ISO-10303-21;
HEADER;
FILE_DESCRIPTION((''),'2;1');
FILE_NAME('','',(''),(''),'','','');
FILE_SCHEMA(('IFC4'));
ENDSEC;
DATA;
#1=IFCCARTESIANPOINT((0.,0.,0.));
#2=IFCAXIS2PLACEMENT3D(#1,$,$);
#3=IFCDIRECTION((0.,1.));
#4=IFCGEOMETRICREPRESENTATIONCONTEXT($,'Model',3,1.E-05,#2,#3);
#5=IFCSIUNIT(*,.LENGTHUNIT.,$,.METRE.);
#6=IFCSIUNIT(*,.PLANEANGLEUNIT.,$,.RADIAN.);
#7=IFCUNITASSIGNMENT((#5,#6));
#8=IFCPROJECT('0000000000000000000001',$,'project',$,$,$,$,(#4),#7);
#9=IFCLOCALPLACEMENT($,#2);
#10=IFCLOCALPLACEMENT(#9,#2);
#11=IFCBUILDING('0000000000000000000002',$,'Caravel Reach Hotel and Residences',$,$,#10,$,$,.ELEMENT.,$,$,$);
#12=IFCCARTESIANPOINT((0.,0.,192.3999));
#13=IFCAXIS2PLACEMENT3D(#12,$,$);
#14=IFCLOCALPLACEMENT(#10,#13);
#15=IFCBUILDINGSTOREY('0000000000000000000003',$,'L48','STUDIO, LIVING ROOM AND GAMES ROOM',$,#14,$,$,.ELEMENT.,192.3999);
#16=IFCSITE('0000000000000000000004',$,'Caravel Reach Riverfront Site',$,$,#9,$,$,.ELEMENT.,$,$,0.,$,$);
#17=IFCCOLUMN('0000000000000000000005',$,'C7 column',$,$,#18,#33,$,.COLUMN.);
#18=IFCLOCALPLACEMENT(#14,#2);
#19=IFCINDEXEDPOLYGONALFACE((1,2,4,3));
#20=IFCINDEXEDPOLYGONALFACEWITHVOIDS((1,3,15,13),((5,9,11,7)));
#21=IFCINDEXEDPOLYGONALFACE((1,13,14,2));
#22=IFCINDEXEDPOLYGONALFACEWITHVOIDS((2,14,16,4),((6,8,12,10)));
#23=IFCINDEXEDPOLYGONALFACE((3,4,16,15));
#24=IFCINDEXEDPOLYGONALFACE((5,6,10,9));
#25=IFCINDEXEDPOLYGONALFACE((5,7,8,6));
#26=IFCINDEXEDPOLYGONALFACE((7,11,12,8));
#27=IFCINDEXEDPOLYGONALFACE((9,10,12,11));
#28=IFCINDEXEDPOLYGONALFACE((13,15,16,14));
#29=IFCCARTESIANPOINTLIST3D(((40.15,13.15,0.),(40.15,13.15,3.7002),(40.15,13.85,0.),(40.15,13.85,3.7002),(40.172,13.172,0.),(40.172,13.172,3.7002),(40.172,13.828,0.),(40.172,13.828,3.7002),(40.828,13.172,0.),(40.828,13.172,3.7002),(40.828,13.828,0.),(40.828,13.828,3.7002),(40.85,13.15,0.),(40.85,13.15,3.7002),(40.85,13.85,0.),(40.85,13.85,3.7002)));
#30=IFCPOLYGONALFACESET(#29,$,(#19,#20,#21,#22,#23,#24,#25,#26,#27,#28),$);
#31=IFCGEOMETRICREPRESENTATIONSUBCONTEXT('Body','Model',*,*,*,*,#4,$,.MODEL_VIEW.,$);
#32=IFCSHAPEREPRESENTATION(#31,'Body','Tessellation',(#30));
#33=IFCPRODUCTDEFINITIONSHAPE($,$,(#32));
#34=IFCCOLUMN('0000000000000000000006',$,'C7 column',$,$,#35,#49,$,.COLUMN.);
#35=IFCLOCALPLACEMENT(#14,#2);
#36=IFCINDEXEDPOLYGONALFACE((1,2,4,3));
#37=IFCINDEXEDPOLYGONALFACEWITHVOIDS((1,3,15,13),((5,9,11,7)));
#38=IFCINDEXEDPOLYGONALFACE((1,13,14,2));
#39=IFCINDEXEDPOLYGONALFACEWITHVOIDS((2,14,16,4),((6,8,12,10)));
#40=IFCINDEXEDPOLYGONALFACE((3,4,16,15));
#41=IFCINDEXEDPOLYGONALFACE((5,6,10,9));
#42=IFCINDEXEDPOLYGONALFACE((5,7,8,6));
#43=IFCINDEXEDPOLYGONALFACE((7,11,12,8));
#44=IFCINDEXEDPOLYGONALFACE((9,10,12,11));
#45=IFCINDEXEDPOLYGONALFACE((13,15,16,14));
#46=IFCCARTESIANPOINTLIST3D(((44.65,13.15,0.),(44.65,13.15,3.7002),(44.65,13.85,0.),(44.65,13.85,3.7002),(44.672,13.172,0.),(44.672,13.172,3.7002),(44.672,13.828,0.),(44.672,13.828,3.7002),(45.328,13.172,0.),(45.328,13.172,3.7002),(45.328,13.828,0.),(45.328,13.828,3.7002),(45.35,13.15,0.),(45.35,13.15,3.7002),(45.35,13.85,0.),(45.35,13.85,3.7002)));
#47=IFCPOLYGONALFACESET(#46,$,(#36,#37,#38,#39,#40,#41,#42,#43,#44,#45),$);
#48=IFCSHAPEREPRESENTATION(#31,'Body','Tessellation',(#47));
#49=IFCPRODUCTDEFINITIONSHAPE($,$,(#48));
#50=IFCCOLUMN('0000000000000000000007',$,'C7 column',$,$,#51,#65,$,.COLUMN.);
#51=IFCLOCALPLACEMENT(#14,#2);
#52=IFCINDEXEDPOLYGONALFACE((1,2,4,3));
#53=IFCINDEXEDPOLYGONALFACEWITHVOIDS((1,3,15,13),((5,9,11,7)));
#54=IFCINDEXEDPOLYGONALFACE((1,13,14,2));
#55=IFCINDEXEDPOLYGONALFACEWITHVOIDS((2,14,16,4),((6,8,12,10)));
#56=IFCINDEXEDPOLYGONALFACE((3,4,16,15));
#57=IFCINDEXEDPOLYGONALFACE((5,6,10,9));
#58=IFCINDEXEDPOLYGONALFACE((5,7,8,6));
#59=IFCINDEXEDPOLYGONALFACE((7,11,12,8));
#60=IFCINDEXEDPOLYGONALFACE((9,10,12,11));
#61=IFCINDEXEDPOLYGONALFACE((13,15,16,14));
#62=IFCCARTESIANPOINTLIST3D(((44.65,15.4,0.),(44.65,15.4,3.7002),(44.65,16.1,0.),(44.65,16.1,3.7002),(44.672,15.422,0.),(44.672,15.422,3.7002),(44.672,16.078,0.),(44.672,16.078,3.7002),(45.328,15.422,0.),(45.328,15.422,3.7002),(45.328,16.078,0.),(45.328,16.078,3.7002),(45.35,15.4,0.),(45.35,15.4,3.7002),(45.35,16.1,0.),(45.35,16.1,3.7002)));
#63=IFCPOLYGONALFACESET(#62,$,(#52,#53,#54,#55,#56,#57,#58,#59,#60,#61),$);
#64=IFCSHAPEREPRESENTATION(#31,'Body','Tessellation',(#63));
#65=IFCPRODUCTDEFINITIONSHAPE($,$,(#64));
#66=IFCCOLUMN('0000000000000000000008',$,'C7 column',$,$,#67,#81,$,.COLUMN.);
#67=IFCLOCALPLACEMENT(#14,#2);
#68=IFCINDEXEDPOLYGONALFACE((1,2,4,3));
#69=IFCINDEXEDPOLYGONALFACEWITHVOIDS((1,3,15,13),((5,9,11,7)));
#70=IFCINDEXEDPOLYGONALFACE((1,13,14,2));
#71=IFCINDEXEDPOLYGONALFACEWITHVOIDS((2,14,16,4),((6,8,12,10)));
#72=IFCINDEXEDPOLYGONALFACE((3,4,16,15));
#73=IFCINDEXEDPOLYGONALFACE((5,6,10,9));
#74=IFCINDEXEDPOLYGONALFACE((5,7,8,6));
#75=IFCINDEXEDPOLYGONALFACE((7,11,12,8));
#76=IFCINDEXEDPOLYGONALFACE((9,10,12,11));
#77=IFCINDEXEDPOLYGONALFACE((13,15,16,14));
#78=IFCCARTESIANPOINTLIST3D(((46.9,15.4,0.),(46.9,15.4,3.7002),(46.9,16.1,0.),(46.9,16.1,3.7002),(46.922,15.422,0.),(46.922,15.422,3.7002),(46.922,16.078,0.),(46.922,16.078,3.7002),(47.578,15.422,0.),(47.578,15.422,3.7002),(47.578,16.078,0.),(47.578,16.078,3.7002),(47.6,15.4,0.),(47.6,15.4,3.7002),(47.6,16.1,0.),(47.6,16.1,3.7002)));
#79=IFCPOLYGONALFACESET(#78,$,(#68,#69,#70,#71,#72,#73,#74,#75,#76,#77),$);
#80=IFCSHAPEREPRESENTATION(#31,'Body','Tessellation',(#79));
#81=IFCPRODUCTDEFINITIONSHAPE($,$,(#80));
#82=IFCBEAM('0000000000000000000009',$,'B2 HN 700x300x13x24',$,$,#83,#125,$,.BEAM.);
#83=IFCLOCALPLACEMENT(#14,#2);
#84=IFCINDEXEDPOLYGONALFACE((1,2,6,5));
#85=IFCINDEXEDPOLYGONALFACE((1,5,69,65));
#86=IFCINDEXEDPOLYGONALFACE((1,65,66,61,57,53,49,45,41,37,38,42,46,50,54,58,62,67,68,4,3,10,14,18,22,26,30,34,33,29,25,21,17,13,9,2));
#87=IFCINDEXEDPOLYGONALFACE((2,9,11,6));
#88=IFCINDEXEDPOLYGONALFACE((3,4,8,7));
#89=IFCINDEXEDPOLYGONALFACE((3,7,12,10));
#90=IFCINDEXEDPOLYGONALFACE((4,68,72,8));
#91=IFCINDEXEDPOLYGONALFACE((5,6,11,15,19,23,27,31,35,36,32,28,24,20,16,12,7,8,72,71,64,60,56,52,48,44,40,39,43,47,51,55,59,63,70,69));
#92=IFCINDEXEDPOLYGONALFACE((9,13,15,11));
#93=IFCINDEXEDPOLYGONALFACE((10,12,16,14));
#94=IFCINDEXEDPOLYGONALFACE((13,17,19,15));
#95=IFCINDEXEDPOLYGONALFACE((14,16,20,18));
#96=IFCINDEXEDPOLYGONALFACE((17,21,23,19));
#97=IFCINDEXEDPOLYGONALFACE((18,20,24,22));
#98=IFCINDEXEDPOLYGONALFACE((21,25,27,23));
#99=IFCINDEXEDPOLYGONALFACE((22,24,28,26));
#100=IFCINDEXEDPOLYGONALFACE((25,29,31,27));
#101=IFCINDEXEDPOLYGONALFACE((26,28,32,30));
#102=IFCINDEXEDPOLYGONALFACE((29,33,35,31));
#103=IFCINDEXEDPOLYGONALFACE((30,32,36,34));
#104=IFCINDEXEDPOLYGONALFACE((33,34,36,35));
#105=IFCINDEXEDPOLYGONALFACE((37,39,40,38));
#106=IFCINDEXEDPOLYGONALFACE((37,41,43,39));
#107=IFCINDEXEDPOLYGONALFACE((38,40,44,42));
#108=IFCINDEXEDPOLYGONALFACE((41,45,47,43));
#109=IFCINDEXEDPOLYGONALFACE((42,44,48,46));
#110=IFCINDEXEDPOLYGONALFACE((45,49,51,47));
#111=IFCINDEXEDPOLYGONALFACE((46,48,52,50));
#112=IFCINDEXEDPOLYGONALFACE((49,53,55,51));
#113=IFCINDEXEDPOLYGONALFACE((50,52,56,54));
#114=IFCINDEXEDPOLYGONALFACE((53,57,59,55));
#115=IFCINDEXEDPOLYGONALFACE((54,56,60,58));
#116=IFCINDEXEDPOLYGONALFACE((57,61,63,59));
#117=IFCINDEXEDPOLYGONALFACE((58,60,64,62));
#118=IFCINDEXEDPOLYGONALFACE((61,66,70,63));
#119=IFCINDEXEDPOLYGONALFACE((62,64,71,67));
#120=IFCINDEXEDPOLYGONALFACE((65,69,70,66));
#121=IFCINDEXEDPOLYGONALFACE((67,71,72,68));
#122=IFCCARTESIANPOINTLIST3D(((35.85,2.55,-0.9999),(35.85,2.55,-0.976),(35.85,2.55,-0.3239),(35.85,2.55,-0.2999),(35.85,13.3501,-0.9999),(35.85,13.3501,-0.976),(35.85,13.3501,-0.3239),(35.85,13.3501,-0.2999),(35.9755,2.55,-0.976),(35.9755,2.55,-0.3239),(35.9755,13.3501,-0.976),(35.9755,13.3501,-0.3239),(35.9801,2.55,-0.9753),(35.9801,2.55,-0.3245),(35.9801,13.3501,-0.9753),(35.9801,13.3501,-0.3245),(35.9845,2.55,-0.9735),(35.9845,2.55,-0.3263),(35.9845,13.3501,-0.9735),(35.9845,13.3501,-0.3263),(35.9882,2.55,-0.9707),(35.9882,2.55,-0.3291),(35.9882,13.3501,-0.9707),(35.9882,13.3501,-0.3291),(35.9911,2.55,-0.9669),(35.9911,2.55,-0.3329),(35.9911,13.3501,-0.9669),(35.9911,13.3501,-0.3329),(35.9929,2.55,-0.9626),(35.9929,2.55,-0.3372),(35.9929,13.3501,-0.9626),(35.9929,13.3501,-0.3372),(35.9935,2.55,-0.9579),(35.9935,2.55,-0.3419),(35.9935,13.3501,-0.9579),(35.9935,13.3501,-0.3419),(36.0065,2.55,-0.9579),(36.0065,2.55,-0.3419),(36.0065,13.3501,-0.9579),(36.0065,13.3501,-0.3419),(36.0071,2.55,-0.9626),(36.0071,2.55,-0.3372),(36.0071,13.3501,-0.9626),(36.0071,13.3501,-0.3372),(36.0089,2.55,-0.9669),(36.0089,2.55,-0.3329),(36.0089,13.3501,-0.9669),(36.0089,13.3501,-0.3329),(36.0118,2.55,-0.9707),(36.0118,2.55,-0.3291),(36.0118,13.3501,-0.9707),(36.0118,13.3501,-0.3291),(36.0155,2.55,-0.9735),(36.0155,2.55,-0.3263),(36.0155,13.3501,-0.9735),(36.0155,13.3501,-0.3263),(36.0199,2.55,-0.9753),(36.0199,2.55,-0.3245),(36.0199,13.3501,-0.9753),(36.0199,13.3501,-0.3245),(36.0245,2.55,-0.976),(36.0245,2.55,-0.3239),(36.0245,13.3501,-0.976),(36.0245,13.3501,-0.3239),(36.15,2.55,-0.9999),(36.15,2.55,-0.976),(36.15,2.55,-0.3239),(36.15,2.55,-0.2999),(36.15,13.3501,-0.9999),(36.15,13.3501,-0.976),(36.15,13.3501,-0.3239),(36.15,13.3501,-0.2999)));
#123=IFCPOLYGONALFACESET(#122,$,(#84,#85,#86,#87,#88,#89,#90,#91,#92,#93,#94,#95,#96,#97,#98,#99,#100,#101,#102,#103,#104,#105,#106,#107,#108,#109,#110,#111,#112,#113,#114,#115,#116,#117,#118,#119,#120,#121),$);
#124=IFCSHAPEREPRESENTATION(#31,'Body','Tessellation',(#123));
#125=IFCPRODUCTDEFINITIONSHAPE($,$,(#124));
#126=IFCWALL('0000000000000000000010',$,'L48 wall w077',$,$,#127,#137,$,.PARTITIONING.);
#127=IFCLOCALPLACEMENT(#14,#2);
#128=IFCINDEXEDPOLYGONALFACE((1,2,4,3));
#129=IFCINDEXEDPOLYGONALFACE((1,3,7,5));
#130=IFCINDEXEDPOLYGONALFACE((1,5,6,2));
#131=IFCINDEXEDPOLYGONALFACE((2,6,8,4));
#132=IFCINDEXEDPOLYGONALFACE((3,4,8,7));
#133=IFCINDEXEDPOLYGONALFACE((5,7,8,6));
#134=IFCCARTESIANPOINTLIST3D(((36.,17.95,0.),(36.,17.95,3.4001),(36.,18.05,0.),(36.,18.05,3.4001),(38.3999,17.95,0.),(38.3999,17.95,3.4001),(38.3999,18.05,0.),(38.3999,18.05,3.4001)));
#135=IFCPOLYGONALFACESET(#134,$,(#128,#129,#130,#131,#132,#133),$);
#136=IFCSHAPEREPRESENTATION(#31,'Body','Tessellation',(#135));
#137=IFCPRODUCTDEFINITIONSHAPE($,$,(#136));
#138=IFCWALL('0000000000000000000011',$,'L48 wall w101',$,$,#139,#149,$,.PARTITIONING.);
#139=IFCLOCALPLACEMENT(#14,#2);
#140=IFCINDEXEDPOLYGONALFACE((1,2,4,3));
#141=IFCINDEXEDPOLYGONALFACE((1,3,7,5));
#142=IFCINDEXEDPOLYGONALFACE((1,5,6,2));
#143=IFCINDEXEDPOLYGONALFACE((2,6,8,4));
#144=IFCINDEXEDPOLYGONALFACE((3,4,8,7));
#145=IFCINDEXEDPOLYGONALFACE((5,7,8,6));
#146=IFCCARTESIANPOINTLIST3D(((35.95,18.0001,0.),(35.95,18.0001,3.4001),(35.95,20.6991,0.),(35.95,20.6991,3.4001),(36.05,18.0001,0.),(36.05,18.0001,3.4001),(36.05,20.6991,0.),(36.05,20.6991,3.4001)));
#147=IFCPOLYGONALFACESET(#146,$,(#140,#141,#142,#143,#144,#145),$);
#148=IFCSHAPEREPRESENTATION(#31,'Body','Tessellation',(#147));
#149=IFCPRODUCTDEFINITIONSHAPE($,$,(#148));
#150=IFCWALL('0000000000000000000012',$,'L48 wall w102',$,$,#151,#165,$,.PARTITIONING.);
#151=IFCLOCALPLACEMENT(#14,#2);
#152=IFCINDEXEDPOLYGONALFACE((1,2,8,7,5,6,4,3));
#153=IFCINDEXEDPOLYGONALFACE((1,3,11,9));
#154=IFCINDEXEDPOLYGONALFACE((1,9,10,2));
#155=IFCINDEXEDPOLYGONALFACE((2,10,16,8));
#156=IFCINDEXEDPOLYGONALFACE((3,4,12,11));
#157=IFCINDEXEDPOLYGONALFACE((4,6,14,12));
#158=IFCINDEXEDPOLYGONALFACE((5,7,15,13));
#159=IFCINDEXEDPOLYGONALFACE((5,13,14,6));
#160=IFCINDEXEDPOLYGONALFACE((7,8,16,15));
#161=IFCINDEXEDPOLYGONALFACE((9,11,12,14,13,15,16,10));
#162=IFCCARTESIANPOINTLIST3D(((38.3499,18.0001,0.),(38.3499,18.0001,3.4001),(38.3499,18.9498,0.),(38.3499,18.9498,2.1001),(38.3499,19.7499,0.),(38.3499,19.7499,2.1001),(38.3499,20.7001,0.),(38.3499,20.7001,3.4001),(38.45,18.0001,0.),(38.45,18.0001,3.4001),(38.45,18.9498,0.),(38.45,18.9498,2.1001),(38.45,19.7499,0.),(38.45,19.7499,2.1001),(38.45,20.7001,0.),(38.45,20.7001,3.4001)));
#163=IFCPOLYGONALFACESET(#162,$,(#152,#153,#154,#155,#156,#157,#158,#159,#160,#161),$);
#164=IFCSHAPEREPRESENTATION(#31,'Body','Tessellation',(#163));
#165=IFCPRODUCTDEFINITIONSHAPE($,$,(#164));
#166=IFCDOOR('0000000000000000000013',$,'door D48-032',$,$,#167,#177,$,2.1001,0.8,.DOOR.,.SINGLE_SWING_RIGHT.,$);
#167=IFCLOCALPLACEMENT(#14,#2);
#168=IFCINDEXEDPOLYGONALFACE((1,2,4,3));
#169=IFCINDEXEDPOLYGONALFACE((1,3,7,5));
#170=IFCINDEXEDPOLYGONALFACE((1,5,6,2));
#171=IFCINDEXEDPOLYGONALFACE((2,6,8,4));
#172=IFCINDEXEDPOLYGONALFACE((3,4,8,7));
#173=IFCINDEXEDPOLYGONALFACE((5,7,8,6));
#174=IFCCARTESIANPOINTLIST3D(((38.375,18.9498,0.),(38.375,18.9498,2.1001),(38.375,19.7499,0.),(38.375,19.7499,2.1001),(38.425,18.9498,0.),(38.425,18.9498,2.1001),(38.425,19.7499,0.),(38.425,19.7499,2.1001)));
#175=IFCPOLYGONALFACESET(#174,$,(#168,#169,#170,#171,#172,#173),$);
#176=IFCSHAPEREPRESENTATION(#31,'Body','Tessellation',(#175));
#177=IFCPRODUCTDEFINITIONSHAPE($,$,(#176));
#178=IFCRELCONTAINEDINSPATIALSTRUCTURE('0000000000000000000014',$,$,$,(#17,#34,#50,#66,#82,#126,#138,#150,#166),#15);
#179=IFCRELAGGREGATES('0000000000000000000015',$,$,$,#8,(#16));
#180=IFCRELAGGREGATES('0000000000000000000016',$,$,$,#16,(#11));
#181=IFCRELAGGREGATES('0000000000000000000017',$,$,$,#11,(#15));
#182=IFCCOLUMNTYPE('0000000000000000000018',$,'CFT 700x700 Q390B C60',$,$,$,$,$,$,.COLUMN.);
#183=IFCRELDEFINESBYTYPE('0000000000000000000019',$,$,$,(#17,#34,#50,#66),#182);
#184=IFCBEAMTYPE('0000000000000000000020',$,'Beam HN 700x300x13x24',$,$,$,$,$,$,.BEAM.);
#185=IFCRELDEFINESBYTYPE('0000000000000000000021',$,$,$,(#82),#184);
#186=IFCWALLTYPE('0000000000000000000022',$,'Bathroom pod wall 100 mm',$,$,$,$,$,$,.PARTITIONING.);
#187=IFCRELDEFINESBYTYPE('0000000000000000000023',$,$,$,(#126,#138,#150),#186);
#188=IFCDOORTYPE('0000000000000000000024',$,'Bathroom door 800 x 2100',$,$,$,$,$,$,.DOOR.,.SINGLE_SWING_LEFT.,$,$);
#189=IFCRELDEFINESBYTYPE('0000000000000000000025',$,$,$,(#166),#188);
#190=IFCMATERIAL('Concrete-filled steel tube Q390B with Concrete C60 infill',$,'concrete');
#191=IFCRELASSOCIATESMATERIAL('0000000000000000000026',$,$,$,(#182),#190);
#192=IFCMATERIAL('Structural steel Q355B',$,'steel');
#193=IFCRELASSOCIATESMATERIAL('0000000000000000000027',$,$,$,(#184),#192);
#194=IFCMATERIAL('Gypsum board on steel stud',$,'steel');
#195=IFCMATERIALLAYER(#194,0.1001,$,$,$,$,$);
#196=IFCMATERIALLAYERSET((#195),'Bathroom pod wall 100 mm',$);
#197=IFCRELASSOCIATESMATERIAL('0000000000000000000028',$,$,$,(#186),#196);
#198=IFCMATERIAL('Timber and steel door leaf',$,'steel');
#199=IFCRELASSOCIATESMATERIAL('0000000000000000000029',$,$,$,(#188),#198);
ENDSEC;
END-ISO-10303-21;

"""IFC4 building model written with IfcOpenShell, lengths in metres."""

from ifc_helpers import new_model, si_unit, direction, frame, frame_2d, origin, origin_2d, place, context, subcontext, project, spatial, rectangle, hollow_rectangle, i_section, extrude, material, layer, layer_set, material_profile, profile_set, type_object, element, fill, save


model = new_model("IFC4")

# Units and contexts
model_context = context("Model", 3, precision=1e-05, world=origin(), true_north=direction((0.0, 1.0)))
body_context = subcontext(model_context, "Body", "Model", "MODEL_VIEW")
ifc_project = project(units=[si_unit("LENGTHUNIT", "METRE"), si_unit("PLANEANGLEUNIT", "RADIAN")], contexts=[model_context])

# Site, building, storey
site_placement = place(None, origin())
site = spatial("IfcSite", under=ifc_project, at=site_placement, Name="Caravel Reach Riverfront Site", CompositionType="ELEMENT", RefElevation=0.0)
building_placement = place(site_placement, origin())
building = spatial("IfcBuilding", under=site, at=building_placement, Name="Caravel Reach Hotel and Residences", CompositionType="ELEMENT")
storey_placement = place(building_placement, frame((0.0, 0.0, 192.3999)))
storey = spatial("IfcBuildingStorey", under=building, at=storey_placement, Name="L48", Description="STUDIO, LIVING ROOM AND GAMES ROOM", CompositionType="ELEMENT", Elevation=192.3999)

# Columns
ifc_material_1 = material(Name="Concrete-filled steel tube Q390B with Concrete C60 infill", Category="concrete")
ifc_material_profile_1 = material_profile(ifc_material_1, hollow_rectangle(XDim=0.7, YDim=0.7, WallThickness=0.022, at=origin_2d()), Name="RHS 700x700x22")
ifc_profile_set_1 = profile_set([ifc_material_profile_1], Name="Concrete-filled steel tube Q390B with Concrete C60 infill")
column_type = type_object("IfcColumnType", Name="CFT 700x700 Q390B C60", PredefinedType="COLUMN", material=ifc_profile_set_1)
for number, where, z_axis, x_axis, name in (
    (1, (40.5, 13.5, 0.0), (0.0, 0.0, 1.0), (1.0, 0.0, 0.0), "C7 column"),
    (2, (45.0, 13.5, 0.0), (0.0, 0.0, 1.0), (1.0, 0.0, 0.0), "C7 column"),
    (3, (45.0, 15.75, 0.0), (0.0, 0.0, 1.0), (1.0, 0.0, 0.0), "C7 column"),
    (4, (47.25, 15.75, 0.0), (0.0, 0.0, 1.0), (1.0, 0.0, 0.0), "C7 column"),
):
    element("IfcColumn", number, at=place(storey_placement, frame(where, z_axis=z_axis, x_axis=x_axis)), inside=storey, type_object=column_type, Name=name, PredefinedType="COLUMN", context=body_context, shape_type="SweptSolid", body=[
        extrude(hollow_rectangle(XDim=0.7, YDim=0.7, WallThickness=0.022, at=origin_2d()), origin(), (0.0, 0.0, 1.0), 3.7002),
    ])

# Beam
ifc_material_2 = material(Name="Structural steel Q355B", Category="steel")
ifc_material_profile_2 = material_profile(ifc_material_2, i_section(OverallWidth=0.3, OverallDepth=0.7, WebThickness=0.0129, FlangeThickness=0.0239, FilletRadius=0.0181, at=origin_2d()), Name="HN 700x300x13x24")
ifc_profile_set_2 = profile_set([ifc_material_profile_2], Name="Structural steel Q355B")
beam_type = type_object("IfcBeamType", Name="Beam HN 700x300x13x24", PredefinedType="BEAM", material=ifc_profile_set_2)
beam_placement = place(storey_placement, frame((36.0, 13.3501, -0.6499), z_axis=(0.0, -1.0, 0.0), x_axis=(1.0, 0.0, 0.0)))
element("IfcBeam", 5, at=beam_placement, inside=storey, type_object=beam_type, Name="B2 HN 700x300x13x24", PredefinedType="BEAM", context=body_context, shape_type="SweptSolid", body=[
    extrude(i_section(OverallWidth=0.3, OverallDepth=0.7, WebThickness=0.0129, FlangeThickness=0.0239, FilletRadius=0.0181, at=origin_2d()), origin(), (0.0, 0.0, 1.0), 10.8),
])

# Walls
ifc_material_3 = material(Name="Gypsum board on steel stud", Category="steel")
ifc_layer_1 = layer(ifc_material_3, 0.1001)
ifc_layer_set_1 = layer_set([ifc_layer_1], Name="Bathroom pod wall 100 mm")
wall_type_1 = type_object("IfcWallType", Name="Bathroom pod wall 100 mm", PredefinedType="PARTITIONING", material=ifc_layer_set_1)
wall_1_placement = place(storey_placement, frame((36.0, 18.0, 0.0), z_axis=(0.0, 0.0, 1.0), x_axis=(1.0, 0.0, 0.0)))
element("IfcWall", 6, at=wall_1_placement, inside=storey, type_object=wall_type_1, Name="L48 wall w077", PredefinedType="PARTITIONING", context=body_context, shape_type="SweptSolid", body=[
    extrude(rectangle(XDim=2.3999, YDim=0.1001, at=frame_2d((1.2, 0.0))), origin(), (0.0, 0.0, 1.0), 3.4001),
])
wall_2_placement = place(storey_placement, frame((36.0, 18.0, 0.0), z_axis=(0.0, 0.0, 1.0), x_axis=(0.0, 1.0, 0.0)))
element("IfcWall", 7, at=wall_2_placement, inside=storey, type_object=wall_type_1, Name="L48 wall w101", PredefinedType="PARTITIONING", context=body_context, shape_type="SweptSolid", body=[
    extrude(rectangle(XDim=2.699, YDim=0.1001, at=frame_2d((1.3496, 0.0))), origin(), (0.0, 0.0, 1.0), 3.4001),
])

# Wall, opening, door
wall_3_placement = place(storey_placement, frame((38.3999, 18.0, 0.0), z_axis=(0.0, 0.0, 1.0), x_axis=(0.0, 1.0, 0.0)))
wall_3 = element("IfcWall", 8, at=wall_3_placement, inside=storey, type_object=wall_type_1, Name="L48 wall w102", PredefinedType="PARTITIONING", context=body_context, shape_type="SweptSolid", body=[
    extrude(rectangle(XDim=2.7, YDim=0.1001, at=frame_2d((1.3501, 0.0))), origin(), (0.0, 0.0, 1.0), 3.4001),
])
opening_1_placement = place(wall_3_placement, frame((0.95, 0.0, 0.0)))
opening_1 = element("IfcOpeningElement", 9, at=opening_1_placement, cuts=wall_3, PredefinedType="OPENING", context=body_context, shape_type="SweptSolid", body=[
    extrude(rectangle(XDim=0.8, YDim=2.1001, at=frame_2d((0.3999, 1.05))), frame((0.0, 0.0601, 0.0), z_axis=(0.0, -1.0, 0.0), x_axis=(1.0, 0.0, 0.0)), (0.0, 0.0, 1.0), 0.1201),
])
ifc_material_4 = material(Name="Timber and steel door leaf", Category="steel")
door_type_1 = type_object("IfcDoorType", Name="Bathroom door 800 x 2100", OperationType="SINGLE_SWING_LEFT", PredefinedType="DOOR", material=ifc_material_4)
door_1_placement = place(opening_1_placement, origin())
door_1 = element("IfcDoor", 10, at=door_1_placement, inside=storey, type_object=door_type_1, Name="door D48-032", OperationType="SINGLE_SWING_RIGHT", OverallHeight=2.1001, OverallWidth=0.8, PredefinedType="DOOR", context=body_context, shape_type="SweptSolid", body=[
    extrude(rectangle(XDim=0.8, YDim=2.1001, at=frame_2d((0.3999, 1.05))), frame((0.0, 0.0249, 0.0), z_axis=(0.0, -1.0, 0.0), x_axis=(1.0, 0.0, 0.0)), (0.0, 0.0, 1.0), 0.05),
])
fill(opening_1, door_1)

save(model, "model.ifc")
